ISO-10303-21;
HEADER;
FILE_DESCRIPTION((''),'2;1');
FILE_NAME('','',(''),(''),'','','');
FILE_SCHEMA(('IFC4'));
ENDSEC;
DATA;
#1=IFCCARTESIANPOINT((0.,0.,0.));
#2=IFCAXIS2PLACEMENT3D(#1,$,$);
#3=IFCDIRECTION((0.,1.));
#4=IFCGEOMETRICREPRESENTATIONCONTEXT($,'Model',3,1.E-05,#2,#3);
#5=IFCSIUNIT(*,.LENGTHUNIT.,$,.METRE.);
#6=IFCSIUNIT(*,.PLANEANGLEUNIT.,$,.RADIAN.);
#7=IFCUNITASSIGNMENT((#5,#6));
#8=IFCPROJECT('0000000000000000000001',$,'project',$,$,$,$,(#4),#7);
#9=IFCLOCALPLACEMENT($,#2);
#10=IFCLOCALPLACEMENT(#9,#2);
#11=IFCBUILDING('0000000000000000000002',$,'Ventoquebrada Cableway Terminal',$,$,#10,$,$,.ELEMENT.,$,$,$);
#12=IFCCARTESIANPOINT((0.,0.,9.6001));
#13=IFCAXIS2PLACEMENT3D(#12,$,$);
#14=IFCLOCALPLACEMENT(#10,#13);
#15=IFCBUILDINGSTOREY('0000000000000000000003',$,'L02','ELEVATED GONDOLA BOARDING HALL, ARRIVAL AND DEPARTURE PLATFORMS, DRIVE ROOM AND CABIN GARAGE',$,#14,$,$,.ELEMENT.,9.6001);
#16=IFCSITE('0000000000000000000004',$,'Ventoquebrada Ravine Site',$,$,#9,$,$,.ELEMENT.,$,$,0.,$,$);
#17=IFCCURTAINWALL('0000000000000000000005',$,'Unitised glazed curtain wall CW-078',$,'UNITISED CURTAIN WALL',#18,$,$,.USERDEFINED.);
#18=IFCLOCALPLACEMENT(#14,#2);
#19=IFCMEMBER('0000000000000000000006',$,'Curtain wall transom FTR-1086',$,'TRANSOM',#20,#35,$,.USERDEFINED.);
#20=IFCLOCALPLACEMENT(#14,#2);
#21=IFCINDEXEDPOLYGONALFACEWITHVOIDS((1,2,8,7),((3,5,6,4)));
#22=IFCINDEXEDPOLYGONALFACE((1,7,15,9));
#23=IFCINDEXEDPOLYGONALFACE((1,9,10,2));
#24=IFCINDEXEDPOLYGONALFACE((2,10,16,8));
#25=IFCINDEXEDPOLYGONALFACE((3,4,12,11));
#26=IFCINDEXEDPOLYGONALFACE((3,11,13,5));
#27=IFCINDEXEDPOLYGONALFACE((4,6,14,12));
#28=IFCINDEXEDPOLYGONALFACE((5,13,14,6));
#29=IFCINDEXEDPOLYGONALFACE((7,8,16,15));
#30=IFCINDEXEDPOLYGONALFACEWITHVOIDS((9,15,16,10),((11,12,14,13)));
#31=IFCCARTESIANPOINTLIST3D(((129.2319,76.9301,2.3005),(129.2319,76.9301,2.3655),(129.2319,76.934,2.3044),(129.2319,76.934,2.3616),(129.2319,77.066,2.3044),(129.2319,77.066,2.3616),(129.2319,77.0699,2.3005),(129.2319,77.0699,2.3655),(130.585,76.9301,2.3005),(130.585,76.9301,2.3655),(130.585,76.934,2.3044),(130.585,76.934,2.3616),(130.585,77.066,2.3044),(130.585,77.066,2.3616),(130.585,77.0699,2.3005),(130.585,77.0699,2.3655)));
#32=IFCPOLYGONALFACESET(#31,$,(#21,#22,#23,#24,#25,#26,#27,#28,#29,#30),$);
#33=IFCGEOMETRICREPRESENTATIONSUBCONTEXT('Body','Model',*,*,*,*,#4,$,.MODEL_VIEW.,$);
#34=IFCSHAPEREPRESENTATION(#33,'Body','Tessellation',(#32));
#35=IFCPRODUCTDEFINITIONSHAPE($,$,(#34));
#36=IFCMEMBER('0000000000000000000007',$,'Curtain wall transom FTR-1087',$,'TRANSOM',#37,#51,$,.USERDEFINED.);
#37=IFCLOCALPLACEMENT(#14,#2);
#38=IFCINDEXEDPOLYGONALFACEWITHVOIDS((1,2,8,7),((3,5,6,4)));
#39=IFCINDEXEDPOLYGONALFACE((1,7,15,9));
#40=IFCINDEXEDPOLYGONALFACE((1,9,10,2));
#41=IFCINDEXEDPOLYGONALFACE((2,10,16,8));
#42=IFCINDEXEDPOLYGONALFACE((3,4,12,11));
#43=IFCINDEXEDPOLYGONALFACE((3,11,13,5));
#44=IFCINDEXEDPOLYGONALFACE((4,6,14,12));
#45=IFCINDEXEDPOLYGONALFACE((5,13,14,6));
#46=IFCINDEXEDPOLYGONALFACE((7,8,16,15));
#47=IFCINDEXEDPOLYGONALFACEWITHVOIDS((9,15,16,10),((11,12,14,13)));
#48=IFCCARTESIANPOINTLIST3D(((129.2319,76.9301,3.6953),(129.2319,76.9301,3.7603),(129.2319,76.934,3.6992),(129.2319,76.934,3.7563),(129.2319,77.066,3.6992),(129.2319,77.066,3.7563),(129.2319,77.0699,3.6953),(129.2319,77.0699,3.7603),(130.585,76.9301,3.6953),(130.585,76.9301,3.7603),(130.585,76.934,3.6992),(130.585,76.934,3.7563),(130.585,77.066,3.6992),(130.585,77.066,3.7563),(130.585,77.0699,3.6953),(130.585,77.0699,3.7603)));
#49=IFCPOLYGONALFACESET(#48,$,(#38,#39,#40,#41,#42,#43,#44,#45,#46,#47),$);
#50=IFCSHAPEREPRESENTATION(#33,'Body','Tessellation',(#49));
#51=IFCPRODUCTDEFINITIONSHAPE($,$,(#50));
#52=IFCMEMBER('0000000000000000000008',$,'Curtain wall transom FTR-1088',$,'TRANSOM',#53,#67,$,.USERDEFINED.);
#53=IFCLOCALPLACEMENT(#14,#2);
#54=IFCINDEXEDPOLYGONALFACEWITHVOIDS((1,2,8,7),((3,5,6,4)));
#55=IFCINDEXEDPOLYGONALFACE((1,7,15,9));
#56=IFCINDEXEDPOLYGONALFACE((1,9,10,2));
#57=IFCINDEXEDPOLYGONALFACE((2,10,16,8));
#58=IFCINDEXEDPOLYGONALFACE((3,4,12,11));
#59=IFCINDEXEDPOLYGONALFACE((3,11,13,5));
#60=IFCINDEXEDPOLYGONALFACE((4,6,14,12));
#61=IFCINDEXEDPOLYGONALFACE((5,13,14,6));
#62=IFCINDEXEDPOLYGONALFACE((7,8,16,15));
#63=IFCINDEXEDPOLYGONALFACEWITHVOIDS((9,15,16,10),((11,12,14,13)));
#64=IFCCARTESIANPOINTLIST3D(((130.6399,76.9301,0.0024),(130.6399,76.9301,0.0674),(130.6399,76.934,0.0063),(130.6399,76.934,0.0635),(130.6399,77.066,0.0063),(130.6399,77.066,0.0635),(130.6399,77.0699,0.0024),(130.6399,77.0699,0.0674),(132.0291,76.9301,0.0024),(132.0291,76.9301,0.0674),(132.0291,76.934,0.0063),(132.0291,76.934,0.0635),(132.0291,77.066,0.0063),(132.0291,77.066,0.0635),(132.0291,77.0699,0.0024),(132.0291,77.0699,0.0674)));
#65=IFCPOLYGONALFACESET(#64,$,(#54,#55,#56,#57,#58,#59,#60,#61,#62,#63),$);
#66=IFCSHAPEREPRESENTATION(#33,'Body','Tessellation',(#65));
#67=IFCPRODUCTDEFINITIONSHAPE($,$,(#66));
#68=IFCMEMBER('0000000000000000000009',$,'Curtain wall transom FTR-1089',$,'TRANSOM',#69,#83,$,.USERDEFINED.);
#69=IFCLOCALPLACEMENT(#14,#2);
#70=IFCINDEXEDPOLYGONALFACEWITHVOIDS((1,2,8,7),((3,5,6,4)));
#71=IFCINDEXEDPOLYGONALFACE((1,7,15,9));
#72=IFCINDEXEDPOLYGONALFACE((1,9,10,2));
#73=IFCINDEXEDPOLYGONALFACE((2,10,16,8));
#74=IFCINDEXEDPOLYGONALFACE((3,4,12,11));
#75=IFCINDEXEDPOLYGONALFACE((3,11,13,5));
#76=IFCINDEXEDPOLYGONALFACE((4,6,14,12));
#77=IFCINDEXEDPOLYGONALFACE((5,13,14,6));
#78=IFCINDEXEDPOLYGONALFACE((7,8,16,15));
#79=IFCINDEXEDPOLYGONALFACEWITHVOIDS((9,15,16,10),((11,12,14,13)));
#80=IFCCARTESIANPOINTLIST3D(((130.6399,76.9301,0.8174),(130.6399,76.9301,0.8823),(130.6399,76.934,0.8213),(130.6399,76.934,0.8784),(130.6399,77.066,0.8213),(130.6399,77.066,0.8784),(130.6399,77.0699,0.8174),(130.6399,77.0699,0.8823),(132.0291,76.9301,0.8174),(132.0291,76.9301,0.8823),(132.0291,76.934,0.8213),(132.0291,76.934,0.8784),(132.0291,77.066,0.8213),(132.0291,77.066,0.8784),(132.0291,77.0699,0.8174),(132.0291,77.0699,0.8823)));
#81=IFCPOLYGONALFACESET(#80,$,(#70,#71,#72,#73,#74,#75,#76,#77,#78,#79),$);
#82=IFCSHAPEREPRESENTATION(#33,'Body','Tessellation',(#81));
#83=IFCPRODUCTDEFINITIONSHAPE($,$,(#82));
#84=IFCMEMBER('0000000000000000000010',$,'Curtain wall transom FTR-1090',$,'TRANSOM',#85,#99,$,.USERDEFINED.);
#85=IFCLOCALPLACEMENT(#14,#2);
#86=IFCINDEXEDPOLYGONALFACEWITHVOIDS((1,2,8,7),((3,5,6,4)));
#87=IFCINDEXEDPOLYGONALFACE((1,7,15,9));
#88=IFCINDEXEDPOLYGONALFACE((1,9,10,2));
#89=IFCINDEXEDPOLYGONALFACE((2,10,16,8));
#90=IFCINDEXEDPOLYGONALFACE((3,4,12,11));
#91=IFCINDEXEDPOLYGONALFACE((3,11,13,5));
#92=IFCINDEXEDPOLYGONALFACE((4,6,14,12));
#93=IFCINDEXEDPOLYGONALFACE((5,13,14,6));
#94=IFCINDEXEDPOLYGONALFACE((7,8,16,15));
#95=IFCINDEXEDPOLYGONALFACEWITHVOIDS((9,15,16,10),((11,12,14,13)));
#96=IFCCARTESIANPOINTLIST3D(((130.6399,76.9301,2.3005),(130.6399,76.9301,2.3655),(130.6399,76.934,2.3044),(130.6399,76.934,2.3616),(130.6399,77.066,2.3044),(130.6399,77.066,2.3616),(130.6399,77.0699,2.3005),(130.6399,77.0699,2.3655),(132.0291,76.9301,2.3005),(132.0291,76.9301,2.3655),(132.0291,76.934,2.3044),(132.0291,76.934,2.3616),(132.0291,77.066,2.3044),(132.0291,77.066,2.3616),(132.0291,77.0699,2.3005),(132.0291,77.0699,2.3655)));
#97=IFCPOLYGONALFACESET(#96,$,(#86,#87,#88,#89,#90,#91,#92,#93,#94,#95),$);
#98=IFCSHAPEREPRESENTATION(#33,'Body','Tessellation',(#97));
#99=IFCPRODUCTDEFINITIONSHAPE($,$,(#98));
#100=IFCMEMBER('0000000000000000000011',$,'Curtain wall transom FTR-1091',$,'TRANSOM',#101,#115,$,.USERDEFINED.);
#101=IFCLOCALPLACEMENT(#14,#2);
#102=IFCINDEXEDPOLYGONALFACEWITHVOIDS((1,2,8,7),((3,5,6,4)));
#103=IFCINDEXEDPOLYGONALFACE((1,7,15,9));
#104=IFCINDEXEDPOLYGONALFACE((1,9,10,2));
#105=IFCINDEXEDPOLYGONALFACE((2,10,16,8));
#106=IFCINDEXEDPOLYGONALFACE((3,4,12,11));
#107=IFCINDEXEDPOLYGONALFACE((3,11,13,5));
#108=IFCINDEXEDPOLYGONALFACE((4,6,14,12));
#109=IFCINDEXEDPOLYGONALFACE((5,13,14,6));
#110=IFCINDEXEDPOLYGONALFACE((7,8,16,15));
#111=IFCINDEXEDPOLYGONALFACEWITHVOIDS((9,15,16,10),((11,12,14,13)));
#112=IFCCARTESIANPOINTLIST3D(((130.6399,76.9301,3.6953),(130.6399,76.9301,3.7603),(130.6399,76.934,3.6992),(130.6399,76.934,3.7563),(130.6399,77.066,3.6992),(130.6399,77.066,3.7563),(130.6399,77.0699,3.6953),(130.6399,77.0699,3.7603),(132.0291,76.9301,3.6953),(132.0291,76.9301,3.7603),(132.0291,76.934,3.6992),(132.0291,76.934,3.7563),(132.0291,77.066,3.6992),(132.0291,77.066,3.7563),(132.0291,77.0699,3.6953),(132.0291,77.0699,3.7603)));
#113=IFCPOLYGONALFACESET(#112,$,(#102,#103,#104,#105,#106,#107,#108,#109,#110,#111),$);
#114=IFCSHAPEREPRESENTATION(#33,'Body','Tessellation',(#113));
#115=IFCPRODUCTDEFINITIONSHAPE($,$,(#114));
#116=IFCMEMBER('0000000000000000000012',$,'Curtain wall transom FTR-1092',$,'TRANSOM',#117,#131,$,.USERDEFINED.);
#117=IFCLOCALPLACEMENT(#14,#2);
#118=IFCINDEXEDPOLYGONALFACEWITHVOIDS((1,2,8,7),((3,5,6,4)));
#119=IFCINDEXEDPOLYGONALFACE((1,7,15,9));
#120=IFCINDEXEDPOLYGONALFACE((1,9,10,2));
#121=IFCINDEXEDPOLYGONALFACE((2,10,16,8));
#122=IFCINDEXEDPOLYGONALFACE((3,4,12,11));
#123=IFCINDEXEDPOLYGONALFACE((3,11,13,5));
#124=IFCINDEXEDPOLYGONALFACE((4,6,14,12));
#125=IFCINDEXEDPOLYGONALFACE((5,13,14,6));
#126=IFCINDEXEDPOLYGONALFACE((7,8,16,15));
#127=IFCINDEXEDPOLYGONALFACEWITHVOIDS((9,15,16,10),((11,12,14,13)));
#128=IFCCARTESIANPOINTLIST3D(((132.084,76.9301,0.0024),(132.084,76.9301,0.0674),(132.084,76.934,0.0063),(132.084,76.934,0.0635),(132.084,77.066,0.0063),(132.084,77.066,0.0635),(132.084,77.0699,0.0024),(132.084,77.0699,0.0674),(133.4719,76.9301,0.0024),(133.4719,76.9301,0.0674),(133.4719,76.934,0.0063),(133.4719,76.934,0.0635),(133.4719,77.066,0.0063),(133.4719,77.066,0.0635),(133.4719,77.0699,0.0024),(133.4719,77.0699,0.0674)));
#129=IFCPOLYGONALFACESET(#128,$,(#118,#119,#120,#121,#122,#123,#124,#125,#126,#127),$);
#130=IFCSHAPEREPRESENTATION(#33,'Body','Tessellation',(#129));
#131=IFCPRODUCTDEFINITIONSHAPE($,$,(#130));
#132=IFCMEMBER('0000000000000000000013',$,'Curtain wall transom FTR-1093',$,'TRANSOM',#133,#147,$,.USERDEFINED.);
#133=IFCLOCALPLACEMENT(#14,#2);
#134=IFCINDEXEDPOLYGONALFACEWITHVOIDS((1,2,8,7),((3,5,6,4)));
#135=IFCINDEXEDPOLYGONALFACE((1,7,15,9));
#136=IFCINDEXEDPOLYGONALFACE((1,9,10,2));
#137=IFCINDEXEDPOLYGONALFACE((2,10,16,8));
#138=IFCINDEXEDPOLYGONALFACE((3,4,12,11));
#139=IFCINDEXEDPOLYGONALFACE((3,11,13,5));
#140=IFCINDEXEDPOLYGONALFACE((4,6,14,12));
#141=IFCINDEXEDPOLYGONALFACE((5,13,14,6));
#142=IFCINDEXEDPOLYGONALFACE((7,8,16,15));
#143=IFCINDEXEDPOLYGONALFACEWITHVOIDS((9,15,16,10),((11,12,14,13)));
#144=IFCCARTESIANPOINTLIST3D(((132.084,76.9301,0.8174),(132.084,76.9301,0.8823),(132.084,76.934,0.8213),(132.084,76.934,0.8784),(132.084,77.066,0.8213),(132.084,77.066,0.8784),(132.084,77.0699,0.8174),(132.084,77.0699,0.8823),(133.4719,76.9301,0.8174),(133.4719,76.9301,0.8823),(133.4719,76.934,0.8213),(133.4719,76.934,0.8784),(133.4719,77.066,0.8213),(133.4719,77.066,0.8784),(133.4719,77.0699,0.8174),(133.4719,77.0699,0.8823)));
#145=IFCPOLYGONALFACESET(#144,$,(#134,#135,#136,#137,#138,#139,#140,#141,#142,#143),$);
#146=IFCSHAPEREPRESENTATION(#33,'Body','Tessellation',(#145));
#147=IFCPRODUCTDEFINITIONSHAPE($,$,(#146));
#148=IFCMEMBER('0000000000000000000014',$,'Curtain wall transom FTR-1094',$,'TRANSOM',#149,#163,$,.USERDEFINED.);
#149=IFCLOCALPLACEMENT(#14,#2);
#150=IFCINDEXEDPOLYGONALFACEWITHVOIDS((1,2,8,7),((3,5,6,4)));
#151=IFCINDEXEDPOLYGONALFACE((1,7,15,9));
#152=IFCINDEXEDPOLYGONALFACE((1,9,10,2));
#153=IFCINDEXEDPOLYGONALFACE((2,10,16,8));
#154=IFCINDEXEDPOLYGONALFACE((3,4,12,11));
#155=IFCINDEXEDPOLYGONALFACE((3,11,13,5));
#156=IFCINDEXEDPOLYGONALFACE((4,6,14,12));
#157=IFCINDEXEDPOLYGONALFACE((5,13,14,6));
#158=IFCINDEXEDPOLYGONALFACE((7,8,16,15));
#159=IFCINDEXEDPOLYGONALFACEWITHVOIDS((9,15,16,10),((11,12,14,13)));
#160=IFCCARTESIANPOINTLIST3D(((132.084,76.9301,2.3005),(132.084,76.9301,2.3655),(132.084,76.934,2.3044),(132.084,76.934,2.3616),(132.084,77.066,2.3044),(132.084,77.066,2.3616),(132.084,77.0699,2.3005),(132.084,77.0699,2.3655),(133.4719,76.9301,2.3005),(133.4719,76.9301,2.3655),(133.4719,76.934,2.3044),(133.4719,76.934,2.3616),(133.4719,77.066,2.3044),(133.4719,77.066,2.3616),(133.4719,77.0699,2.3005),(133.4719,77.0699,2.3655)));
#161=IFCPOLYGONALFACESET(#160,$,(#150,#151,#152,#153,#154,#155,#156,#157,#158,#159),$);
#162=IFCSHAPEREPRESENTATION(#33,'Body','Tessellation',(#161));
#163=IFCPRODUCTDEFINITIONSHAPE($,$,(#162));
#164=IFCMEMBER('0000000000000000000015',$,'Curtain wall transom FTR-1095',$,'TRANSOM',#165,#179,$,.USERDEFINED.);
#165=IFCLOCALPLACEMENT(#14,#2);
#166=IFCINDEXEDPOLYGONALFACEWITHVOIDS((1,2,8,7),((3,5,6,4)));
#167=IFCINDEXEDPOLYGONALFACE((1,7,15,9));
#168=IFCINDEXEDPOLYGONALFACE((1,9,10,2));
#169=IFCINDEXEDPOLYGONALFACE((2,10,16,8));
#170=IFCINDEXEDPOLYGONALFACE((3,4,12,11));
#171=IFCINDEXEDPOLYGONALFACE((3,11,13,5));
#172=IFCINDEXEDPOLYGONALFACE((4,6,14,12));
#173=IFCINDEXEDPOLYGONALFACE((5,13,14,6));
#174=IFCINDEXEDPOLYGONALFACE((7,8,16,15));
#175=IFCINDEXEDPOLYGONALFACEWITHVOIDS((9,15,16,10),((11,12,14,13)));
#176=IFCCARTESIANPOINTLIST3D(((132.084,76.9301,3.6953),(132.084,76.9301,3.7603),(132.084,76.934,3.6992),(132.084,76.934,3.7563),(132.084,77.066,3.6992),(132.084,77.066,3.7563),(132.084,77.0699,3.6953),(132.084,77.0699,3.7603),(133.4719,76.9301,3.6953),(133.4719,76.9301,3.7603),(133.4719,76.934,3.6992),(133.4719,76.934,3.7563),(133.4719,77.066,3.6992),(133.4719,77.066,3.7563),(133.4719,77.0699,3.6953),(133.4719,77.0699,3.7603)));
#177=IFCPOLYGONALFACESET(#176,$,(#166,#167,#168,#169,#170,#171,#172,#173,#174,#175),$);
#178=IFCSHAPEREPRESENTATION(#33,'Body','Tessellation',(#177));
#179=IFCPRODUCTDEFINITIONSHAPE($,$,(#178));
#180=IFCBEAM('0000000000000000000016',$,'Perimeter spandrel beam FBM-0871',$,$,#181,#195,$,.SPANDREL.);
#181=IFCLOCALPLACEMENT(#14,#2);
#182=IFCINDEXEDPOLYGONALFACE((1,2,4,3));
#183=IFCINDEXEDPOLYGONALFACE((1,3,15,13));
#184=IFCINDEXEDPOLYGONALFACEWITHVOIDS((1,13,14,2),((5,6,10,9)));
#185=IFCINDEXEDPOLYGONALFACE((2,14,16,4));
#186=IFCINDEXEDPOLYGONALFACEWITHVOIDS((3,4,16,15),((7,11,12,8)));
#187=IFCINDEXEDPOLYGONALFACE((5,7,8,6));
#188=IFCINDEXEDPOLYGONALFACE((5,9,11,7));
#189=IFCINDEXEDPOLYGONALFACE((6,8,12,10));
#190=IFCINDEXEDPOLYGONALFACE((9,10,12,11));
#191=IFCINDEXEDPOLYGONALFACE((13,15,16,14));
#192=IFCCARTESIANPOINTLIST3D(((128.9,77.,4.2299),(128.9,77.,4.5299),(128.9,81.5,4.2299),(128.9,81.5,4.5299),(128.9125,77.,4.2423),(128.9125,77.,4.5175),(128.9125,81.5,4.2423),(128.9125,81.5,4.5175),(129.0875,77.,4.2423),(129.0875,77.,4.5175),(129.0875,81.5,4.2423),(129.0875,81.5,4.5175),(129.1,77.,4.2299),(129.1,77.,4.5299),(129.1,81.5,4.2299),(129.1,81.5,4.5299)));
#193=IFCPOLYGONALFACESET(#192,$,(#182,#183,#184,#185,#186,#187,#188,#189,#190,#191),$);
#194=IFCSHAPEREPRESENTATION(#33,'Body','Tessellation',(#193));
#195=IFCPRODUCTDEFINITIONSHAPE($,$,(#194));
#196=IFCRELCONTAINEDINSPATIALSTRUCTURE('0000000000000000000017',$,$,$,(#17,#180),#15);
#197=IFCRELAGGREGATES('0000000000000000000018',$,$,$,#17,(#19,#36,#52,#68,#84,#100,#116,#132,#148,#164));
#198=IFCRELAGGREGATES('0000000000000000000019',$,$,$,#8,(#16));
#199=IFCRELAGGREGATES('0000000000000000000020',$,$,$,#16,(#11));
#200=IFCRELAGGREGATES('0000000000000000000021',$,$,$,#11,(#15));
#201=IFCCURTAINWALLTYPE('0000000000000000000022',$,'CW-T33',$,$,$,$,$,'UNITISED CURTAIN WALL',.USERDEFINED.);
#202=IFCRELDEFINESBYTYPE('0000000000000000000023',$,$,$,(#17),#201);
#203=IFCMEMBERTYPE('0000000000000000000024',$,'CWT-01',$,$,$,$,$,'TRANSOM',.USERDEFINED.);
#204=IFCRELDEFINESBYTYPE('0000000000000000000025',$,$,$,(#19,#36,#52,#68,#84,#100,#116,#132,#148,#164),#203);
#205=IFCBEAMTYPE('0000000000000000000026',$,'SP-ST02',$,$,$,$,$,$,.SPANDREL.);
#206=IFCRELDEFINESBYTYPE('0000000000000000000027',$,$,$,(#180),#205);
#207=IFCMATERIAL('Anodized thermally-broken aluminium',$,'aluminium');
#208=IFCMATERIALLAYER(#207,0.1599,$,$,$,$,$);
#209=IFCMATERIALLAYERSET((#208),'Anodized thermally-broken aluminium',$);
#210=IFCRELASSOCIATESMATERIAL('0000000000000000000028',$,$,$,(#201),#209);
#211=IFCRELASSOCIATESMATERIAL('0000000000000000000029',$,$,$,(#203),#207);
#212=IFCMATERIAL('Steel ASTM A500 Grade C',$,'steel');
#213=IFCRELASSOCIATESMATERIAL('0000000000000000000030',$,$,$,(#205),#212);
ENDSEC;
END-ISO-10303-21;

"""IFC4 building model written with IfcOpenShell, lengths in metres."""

from ifc_helpers import new_model, si_unit, direction, frame, origin, origin_2d, place, context, subcontext, project, spatial, hollow_rectangle, extrude, material, layer, layer_set, material_profile, profile_set, type_object, element, aggregate, save


model = new_model("IFC4")

# Units and contexts
model_context = context("Model", 3, precision=1e-05, world=origin(), true_north=direction((0.0, 1.0)))
body_context = subcontext(model_context, "Body", "Model", "MODEL_VIEW")
ifc_project = project(units=[si_unit("LENGTHUNIT", "METRE"), si_unit("PLANEANGLEUNIT", "RADIAN")], contexts=[model_context])

# Site, building, storey
site_placement = place(None, origin())
site = spatial("IfcSite", under=ifc_project, at=site_placement, Name="Ventoquebrada Ravine Site", CompositionType="ELEMENT", RefElevation=0.0)
building_placement = place(site_placement, origin())
building = spatial("IfcBuilding", under=site, at=building_placement, Name="Ventoquebrada Cableway Terminal", CompositionType="ELEMENT")
storey_placement = place(building_placement, frame((0.0, 0.0, 9.6001)))
storey = spatial("IfcBuildingStorey", under=building, at=storey_placement, Name="L02", Description="ELEVATED GONDOLA BOARDING HALL, ARRIVAL AND DEPARTURE PLATFORMS, DRIVE ROOM AND CABIN GARAGE", CompositionType="ELEMENT", Elevation=9.6001)

# Curtain wall, members
ifc_material_1 = material(Name="Anodized thermally-broken aluminium", Category="aluminium")
ifc_layer_1 = layer(ifc_material_1, 0.1599)
ifc_layer_set_1 = layer_set([ifc_layer_1], Name="Anodized thermally-broken aluminium")
curtain_wall_type = type_object("IfcCurtainWallType", Name="CW-T33", ElementType="UNITISED CURTAIN WALL", PredefinedType="USERDEFINED", material=ifc_layer_set_1)
curtain_wall_placement = place(storey_placement, origin())
curtain_wall = element("IfcCurtainWall", 1, at=curtain_wall_placement, inside=storey, type_object=curtain_wall_type, Name="Unitised glazed curtain wall CW-078", ObjectType="UNITISED CURTAIN WALL", PredefinedType="USERDEFINED")
ifc_material_profile_1 = material_profile(ifc_material_1, hollow_rectangle(XDim=0.0649, YDim=0.1399, WallThickness=0.0039, at=origin_2d()), Name="CW-TRN-65X140")
ifc_profile_set_1 = profile_set([ifc_material_profile_1], Name="Anodized thermally-broken aluminium")
member_type_1 = type_object("IfcMemberType", Name="CWT-01", ElementType="TRANSOM", PredefinedType="USERDEFINED", material=ifc_profile_set_1)
member_1_placement = place(storey_placement, frame((129.2319, 77.0, 2.333), z_axis=(1.0, 0.0, 0.0), x_axis=(0.0, 0.0, 1.0)))
member_1 = element("IfcMember", 2, at=member_1_placement, type_object=member_type_1, Name="Curtain wall transom FTR-1086", ObjectType="TRANSOM", PredefinedType="USERDEFINED", context=body_context, shape_type="SweptSolid", body=[
    extrude(hollow_rectangle(XDim=0.0649, YDim=0.1399, WallThickness=0.0039, at=origin_2d()), origin(), (0.0, 0.0, 1.0), 1.353),
])
member_2_placement = place(storey_placement, frame((129.2319, 77.0, 3.7278), z_axis=(1.0, 0.0, 0.0), x_axis=(0.0, 0.0, 1.0)))
member_2 = element("IfcMember", 3, at=member_2_placement, type_object=member_type_1, Name="Curtain wall transom FTR-1087", ObjectType="TRANSOM", PredefinedType="USERDEFINED", context=body_context, shape_type="SweptSolid", body=[
    extrude(hollow_rectangle(XDim=0.0649, YDim=0.1399, WallThickness=0.0039, at=origin_2d()), origin(), (0.0, 0.0, 1.0), 1.353),
])
member_3_placement = place(storey_placement, frame((130.6399, 77.0, 0.0349), z_axis=(1.0, 0.0, 0.0), x_axis=(0.0, 0.0, 1.0)))
member_3 = element("IfcMember", 4, at=member_3_placement, type_object=member_type_1, Name="Curtain wall transom FTR-1088", ObjectType="TRANSOM", PredefinedType="USERDEFINED", context=body_context, shape_type="SweptSolid", body=[
    extrude(hollow_rectangle(XDim=0.0649, YDim=0.1399, WallThickness=0.0039, at=origin_2d()), origin(), (0.0, 0.0, 1.0), 1.3892),
])
member_4_placement = place(storey_placement, frame((130.6399, 77.0, 0.8499), z_axis=(1.0, 0.0, 0.0), x_axis=(0.0, 0.0, 1.0)))
member_4 = element("IfcMember", 5, at=member_4_placement, type_object=member_type_1, Name="Curtain wall transom FTR-1089", ObjectType="TRANSOM", PredefinedType="USERDEFINED", context=body_context, shape_type="SweptSolid", body=[
    extrude(hollow_rectangle(XDim=0.0649, YDim=0.1399, WallThickness=0.0039, at=origin_2d()), origin(), (0.0, 0.0, 1.0), 1.3892),
])
member_5_placement = place(storey_placement, frame((130.6399, 77.0, 2.333), z_axis=(1.0, 0.0, 0.0), x_axis=(0.0, 0.0, 1.0)))
member_5 = element("IfcMember", 6, at=member_5_placement, type_object=member_type_1, Name="Curtain wall transom FTR-1090", ObjectType="TRANSOM", PredefinedType="USERDEFINED", context=body_context, shape_type="SweptSolid", body=[
    extrude(hollow_rectangle(XDim=0.0649, YDim=0.1399, WallThickness=0.0039, at=origin_2d()), origin(), (0.0, 0.0, 1.0), 1.3892),
])
member_6_placement = place(storey_placement, frame((130.6399, 77.0, 3.7278), z_axis=(1.0, 0.0, 0.0), x_axis=(0.0, 0.0, 1.0)))
member_6 = element("IfcMember", 7, at=member_6_placement, type_object=member_type_1, Name="Curtain wall transom FTR-1091", ObjectType="TRANSOM", PredefinedType="USERDEFINED", context=body_context, shape_type="SweptSolid", body=[
    extrude(hollow_rectangle(XDim=0.0649, YDim=0.1399, WallThickness=0.0039, at=origin_2d()), origin(), (0.0, 0.0, 1.0), 1.3892),
])
member_7_placement = place(storey_placement, frame((132.084, 77.0, 0.0349), z_axis=(1.0, 0.0, 0.0), x_axis=(0.0, 0.0, 1.0)))
member_7 = element("IfcMember", 8, at=member_7_placement, type_object=member_type_1, Name="Curtain wall transom FTR-1092", ObjectType="TRANSOM", PredefinedType="USERDEFINED", context=body_context, shape_type="SweptSolid", body=[
    extrude(hollow_rectangle(XDim=0.0649, YDim=0.1399, WallThickness=0.0039, at=origin_2d()), origin(), (0.0, 0.0, 1.0), 1.3879),
])
member_8_placement = place(storey_placement, frame((132.084, 77.0, 0.8499), z_axis=(1.0, 0.0, 0.0), x_axis=(0.0, 0.0, 1.0)))
member_8 = element("IfcMember", 9, at=member_8_placement, type_object=member_type_1, Name="Curtain wall transom FTR-1093", ObjectType="TRANSOM", PredefinedType="USERDEFINED", context=body_context, shape_type="SweptSolid", body=[
    extrude(hollow_rectangle(XDim=0.0649, YDim=0.1399, WallThickness=0.0039, at=origin_2d()), origin(), (0.0, 0.0, 1.0), 1.3879),
])
member_9_placement = place(storey_placement, frame((132.084, 77.0, 2.333), z_axis=(1.0, 0.0, 0.0), x_axis=(0.0, 0.0, 1.0)))
member_9 = element("IfcMember", 10, at=member_9_placement, type_object=member_type_1, Name="Curtain wall transom FTR-1094", ObjectType="TRANSOM", PredefinedType="USERDEFINED", context=body_context, shape_type="SweptSolid", body=[
    extrude(hollow_rectangle(XDim=0.0649, YDim=0.1399, WallThickness=0.0039, at=origin_2d()), origin(), (0.0, 0.0, 1.0), 1.3879),
])
member_10_placement = place(storey_placement, frame((132.084, 77.0, 3.7278), z_axis=(1.0, 0.0, 0.0), x_axis=(0.0, 0.0, 1.0)))
member_10 = element("IfcMember", 11, at=member_10_placement, type_object=member_type_1, Name="Curtain wall transom FTR-1095", ObjectType="TRANSOM", PredefinedType="USERDEFINED", context=body_context, shape_type="SweptSolid", body=[
    extrude(hollow_rectangle(XDim=0.0649, YDim=0.1399, WallThickness=0.0039, at=origin_2d()), origin(), (0.0, 0.0, 1.0), 1.3879),
])

# Beam
ifc_material_2 = material(Name="Steel ASTM A500 Grade C", Category="steel")
ifc_material_profile_2 = material_profile(ifc_material_2, hollow_rectangle(XDim=0.2, YDim=0.3, WallThickness=0.0125, at=origin_2d()), Name="RHS300X200X12.5")
ifc_profile_set_2 = profile_set([ifc_material_profile_2], Name="Steel ASTM A500 Grade C")
beam_type_1 = type_object("IfcBeamType", Name="SP-ST02", PredefinedType="SPANDREL", material=ifc_profile_set_2)
beam_1_placement = place(storey_placement, frame((129.0, 77.0, 4.3799), z_axis=(0.0, 1.0, 0.0), x_axis=(-1.0, 0.0, 0.0)))
element("IfcBeam", 12, at=beam_1_placement, inside=storey, type_object=beam_type_1, Name="Perimeter spandrel beam FBM-0871", PredefinedType="SPANDREL", context=body_context, shape_type="SweptSolid", body=[
    extrude(hollow_rectangle(XDim=0.2, YDim=0.3, WallThickness=0.0125, at=origin_2d()), origin(), (0.0, 0.0, 1.0), 4.5),
])

aggregate(curtain_wall, [member_1, member_2, member_3, member_4, member_5, member_6, member_7, member_8, member_9, member_10])

save(model, "model.ifc")
